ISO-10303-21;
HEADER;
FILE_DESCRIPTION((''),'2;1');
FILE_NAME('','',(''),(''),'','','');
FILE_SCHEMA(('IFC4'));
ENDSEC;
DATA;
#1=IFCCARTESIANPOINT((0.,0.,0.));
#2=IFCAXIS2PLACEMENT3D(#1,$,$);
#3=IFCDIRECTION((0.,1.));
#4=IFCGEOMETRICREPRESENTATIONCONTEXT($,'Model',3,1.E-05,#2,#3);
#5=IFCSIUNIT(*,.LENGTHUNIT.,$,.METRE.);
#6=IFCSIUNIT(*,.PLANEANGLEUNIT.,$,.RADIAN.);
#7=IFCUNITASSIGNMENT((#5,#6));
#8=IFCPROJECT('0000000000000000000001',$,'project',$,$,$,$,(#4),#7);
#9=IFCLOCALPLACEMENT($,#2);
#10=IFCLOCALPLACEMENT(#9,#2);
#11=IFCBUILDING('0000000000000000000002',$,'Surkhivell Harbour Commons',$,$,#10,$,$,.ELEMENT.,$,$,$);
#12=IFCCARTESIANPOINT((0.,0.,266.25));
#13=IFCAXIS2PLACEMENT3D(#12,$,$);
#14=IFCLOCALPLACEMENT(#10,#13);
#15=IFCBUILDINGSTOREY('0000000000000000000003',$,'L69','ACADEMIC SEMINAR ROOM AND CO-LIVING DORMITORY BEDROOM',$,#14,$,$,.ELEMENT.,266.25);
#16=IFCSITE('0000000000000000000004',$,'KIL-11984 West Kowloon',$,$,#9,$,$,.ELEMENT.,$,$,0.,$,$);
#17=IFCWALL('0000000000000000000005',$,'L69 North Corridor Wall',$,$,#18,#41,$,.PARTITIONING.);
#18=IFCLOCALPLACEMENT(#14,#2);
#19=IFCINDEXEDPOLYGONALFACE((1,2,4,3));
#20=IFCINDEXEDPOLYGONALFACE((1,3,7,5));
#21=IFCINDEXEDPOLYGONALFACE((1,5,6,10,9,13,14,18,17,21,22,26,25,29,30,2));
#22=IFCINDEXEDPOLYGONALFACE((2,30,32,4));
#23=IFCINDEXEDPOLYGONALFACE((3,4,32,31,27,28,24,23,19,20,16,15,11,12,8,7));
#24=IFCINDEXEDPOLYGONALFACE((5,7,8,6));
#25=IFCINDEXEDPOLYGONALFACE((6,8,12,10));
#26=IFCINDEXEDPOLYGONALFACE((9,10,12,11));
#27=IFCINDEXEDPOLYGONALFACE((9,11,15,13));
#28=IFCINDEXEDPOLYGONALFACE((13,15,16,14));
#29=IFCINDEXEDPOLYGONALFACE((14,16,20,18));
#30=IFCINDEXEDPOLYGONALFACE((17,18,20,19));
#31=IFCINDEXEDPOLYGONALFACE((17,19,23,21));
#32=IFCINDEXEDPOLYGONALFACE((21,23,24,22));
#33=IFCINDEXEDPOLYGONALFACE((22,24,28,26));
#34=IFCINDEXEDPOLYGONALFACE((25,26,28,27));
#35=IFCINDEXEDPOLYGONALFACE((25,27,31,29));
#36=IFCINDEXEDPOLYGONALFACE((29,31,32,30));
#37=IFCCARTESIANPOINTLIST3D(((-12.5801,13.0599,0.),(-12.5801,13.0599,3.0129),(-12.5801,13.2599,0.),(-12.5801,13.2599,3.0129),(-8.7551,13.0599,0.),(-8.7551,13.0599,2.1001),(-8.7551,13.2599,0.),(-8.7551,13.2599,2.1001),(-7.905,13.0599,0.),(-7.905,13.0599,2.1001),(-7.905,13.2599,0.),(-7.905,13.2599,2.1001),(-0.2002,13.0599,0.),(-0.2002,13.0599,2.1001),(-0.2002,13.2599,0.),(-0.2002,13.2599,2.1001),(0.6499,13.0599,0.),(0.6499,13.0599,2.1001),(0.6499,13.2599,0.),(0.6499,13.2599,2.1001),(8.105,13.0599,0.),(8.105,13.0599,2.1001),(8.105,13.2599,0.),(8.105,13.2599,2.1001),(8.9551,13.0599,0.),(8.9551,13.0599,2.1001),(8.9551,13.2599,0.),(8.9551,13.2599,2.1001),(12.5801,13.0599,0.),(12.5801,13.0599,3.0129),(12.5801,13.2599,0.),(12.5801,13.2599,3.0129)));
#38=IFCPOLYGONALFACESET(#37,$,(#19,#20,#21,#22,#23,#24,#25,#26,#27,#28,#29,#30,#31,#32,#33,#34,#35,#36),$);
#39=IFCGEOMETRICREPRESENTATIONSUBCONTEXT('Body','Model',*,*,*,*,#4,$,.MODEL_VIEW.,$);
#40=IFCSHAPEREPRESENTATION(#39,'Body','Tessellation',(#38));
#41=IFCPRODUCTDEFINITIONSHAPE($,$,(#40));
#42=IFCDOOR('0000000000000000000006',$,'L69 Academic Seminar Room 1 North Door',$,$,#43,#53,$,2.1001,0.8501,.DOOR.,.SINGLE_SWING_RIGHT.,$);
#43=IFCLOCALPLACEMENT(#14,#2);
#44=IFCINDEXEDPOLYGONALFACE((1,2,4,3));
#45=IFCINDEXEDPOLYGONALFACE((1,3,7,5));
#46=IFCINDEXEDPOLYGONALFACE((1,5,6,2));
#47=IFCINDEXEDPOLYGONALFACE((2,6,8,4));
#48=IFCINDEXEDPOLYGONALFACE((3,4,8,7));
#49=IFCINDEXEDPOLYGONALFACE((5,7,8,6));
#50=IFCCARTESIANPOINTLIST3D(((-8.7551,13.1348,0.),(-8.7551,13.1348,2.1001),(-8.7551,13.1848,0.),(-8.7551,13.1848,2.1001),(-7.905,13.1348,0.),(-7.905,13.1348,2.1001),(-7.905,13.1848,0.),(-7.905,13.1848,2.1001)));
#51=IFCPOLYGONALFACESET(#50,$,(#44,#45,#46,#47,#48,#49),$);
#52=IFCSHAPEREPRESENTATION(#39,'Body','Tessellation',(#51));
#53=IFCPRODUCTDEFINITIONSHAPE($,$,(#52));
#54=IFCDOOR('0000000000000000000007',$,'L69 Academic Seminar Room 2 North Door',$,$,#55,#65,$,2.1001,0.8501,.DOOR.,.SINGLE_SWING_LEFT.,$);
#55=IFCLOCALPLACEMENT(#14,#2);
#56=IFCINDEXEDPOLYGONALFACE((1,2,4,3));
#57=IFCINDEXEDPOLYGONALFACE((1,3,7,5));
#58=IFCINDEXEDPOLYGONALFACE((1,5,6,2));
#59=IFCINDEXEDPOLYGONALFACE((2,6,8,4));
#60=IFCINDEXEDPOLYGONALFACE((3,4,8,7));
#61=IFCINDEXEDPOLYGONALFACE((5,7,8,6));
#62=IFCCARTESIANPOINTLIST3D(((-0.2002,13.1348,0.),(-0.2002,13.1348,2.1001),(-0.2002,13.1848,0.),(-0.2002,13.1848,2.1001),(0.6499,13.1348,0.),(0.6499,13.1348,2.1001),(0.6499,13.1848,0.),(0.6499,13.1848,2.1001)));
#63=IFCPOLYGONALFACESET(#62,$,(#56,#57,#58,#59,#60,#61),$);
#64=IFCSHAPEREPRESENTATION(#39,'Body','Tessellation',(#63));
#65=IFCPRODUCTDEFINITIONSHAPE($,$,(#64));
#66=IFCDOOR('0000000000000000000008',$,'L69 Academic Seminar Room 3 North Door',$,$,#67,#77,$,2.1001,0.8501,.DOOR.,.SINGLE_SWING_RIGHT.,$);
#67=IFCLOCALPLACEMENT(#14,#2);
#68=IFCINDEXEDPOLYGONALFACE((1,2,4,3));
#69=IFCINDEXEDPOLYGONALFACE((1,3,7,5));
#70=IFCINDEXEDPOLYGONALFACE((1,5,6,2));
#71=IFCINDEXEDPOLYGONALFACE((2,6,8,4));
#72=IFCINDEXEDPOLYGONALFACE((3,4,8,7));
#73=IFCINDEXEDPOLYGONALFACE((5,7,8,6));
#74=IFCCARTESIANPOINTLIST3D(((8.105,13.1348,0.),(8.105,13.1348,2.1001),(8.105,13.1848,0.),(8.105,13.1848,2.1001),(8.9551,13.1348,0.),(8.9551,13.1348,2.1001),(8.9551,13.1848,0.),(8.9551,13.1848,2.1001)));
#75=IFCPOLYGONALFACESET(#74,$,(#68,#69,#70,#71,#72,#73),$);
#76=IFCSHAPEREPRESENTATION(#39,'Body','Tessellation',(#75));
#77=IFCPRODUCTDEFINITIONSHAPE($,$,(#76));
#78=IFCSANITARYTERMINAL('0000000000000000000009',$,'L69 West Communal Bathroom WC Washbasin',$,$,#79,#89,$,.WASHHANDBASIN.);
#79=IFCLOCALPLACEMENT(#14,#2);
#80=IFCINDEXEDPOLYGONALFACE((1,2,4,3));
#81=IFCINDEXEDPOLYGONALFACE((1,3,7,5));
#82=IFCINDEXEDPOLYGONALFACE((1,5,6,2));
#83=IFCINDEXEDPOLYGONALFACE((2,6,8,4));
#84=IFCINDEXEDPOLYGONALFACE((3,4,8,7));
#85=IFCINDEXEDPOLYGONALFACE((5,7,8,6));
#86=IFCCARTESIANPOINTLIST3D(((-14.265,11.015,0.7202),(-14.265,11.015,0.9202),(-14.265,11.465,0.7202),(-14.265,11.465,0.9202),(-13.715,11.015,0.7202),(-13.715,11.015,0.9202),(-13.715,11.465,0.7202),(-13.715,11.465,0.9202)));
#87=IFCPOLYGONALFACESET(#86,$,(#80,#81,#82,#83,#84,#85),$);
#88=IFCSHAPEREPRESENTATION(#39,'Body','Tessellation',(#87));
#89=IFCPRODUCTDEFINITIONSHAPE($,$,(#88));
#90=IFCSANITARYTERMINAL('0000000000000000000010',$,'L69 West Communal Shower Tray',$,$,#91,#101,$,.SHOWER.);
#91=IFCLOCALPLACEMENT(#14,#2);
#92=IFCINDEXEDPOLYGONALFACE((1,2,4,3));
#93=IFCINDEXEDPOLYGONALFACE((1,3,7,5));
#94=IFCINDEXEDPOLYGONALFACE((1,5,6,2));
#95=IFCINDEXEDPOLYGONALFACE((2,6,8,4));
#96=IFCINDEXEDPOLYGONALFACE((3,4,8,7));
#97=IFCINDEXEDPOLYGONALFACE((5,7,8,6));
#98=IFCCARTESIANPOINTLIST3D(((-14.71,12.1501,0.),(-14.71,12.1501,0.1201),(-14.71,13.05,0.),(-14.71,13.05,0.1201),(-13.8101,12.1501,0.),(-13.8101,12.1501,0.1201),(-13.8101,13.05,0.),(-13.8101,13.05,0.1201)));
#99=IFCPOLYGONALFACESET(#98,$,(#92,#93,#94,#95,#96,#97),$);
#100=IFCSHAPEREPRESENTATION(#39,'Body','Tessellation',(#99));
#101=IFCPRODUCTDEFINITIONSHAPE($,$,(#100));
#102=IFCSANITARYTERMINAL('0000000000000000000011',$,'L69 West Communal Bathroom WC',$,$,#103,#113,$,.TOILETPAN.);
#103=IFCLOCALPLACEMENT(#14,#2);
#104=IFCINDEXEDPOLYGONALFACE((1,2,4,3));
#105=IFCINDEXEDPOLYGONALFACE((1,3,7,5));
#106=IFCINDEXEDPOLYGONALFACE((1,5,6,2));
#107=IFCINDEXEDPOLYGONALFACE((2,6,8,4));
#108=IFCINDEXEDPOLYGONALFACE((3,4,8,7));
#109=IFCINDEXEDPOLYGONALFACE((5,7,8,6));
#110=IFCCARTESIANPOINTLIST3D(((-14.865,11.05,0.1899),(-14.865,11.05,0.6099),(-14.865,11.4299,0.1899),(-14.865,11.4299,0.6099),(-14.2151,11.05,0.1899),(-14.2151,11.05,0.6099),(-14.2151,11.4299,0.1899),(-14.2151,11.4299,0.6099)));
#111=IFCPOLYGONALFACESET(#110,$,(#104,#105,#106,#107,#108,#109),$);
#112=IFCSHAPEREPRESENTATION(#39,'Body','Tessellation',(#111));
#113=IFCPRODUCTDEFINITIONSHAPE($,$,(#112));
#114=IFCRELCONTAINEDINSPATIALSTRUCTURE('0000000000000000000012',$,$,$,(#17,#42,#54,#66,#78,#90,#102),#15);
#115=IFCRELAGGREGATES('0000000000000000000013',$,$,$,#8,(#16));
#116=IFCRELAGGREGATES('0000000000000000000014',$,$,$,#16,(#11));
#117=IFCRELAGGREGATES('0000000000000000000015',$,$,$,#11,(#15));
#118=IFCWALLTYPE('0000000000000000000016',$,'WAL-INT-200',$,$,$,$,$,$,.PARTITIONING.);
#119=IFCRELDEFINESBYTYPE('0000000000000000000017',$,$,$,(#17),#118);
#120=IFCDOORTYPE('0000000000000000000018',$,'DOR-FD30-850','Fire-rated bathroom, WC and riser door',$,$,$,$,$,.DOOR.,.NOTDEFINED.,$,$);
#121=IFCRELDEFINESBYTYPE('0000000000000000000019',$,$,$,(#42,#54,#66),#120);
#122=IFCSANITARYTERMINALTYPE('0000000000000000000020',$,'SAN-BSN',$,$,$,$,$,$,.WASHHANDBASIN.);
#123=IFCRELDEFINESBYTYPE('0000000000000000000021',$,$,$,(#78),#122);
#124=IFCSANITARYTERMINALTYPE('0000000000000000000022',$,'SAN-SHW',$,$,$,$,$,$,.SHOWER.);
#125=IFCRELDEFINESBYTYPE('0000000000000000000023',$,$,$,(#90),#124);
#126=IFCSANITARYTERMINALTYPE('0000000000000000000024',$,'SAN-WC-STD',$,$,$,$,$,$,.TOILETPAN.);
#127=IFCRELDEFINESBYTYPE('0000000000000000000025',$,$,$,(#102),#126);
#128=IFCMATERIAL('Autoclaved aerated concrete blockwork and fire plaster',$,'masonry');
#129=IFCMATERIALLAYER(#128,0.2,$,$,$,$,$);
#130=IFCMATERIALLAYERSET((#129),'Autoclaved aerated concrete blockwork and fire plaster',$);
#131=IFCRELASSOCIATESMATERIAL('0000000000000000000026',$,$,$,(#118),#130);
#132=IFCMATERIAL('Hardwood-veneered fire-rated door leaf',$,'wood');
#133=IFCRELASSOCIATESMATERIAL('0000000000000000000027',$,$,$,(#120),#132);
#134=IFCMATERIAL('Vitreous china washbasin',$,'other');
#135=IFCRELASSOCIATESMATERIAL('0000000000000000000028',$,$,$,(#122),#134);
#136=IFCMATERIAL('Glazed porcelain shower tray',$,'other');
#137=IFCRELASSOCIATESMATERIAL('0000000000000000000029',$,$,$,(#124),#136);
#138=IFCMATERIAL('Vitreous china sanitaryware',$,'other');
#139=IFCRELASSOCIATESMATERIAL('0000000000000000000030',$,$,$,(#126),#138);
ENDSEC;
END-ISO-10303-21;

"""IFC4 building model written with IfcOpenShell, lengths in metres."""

from ifc_helpers import new_model, si_unit, direction, frame, frame_2d, origin, origin_2d, place, context, subcontext, project, spatial, rectangle, extrude, material, layer, layer_set, type_object, element, fill, save


model = new_model("IFC4")

# Units and contexts
model_context = context("Model", 3, precision=1e-05, world=origin(), true_north=direction((0.0, 1.0)))
body_context = subcontext(model_context, "Body", "Model", "MODEL_VIEW")
ifc_project = project(units=[si_unit("LENGTHUNIT", "METRE"), si_unit("PLANEANGLEUNIT", "RADIAN")], contexts=[model_context])

# Site, building, storey
site_placement = place(None, origin())
site = spatial("IfcSite", under=ifc_project, at=site_placement, Name="KIL-11984 West Kowloon", CompositionType="ELEMENT", RefElevation=0.0)
building_placement = place(site_placement, origin())
building = spatial("IfcBuilding", under=site, at=building_placement, Name="Surkhivell Harbour Commons", CompositionType="ELEMENT")
storey_placement = place(building_placement, frame((0.0, 0.0, 266.25)))
storey = spatial("IfcBuildingStorey", under=building, at=storey_placement, Name="L69", Description="ACADEMIC SEMINAR ROOM AND CO-LIVING DORMITORY BEDROOM", CompositionType="ELEMENT", Elevation=266.25)

# Shared definitions
ifc_material_1 = material(Name="Autoclaved aerated concrete blockwork and fire plaster", Category="masonry")
ifc_layer_1 = layer(ifc_material_1, 0.2)
ifc_layer_set_1 = layer_set([ifc_layer_1], Name="Autoclaved aerated concrete blockwork and fire plaster")
wall_type_1 = type_object("IfcWallType", Name="WAL-INT-200", PredefinedType="PARTITIONING", material=ifc_layer_set_1)

# Wall, openings, doors
wall_1_placement = place(storey_placement, frame((-12.5801, 13.1599, 0.0), z_axis=(0.0, 0.0, 1.0), x_axis=(1.0, 0.0, 0.0)))
wall_1 = element("IfcWall", 1, at=wall_1_placement, inside=storey, type_object=wall_type_1, Name="L69 North Corridor Wall", PredefinedType="PARTITIONING", context=body_context, shape_type="SweptSolid", body=[
    extrude(rectangle(XDim=25.1602, YDim=0.2, at=frame_2d((12.5801, 0.0))), origin(), (0.0, 0.0, 1.0), 3.0129),
])
opening_1_placement = place(wall_1_placement, frame((3.825, 0.0, 0.0)))
opening_1 = element("IfcOpeningElement", 2, at=opening_1_placement, cuts=wall_1, PredefinedType="OPENING", context=body_context, shape_type="SweptSolid", body=[
    extrude(rectangle(XDim=0.8501, YDim=2.1001, at=frame_2d((0.425, 1.05))), frame((0.0, 0.1099, 0.0), z_axis=(0.0, -1.0, 0.0), x_axis=(1.0, 0.0, 0.0)), (0.0, 0.0, 1.0), 0.22),
])
opening_2_placement = place(wall_1_placement, frame((12.3799, 0.0, 0.0)))
opening_2 = element("IfcOpeningElement", 3, at=opening_2_placement, cuts=wall_1, PredefinedType="OPENING", context=body_context, shape_type="SweptSolid", body=[
    extrude(rectangle(XDim=0.8501, YDim=2.1001, at=frame_2d((0.425, 1.05))), frame((0.0, 0.1099, 0.0), z_axis=(0.0, -1.0, 0.0), x_axis=(1.0, 0.0, 0.0)), (0.0, 0.0, 1.0), 0.22),
])
opening_3_placement = place(wall_1_placement, frame((20.6851, 0.0, 0.0)))
opening_3 = element("IfcOpeningElement", 4, at=opening_3_placement, cuts=wall_1, PredefinedType="OPENING", context=body_context, shape_type="SweptSolid", body=[
    extrude(rectangle(XDim=0.8501, YDim=2.1001, at=frame_2d((0.425, 1.05))), frame((0.0, 0.1099, 0.0), z_axis=(0.0, -1.0, 0.0), x_axis=(1.0, 0.0, 0.0)), (0.0, 0.0, 1.0), 0.22),
])
ifc_material_2 = material(Name="Hardwood-veneered fire-rated door leaf", Category="wood")
door_type = type_object("IfcDoorType", Name="DOR-FD30-850", Description="Fire-rated bathroom, WC and riser door", OperationType="NOTDEFINED", PredefinedType="DOOR", material=ifc_material_2)
door_1_placement = place(opening_1_placement, origin())
door_1 = element("IfcDoor", 5, at=door_1_placement, inside=storey, type_object=door_type, Name="L69 Academic Seminar Room 1 North Door", OperationType="SINGLE_SWING_RIGHT", OverallHeight=2.1001, OverallWidth=0.8501, PredefinedType="DOOR", context=body_context, shape_type="SweptSolid", body=[
    extrude(rectangle(XDim=0.8501, YDim=2.1001, at=frame_2d((0.425, 1.05))), frame((0.0, 0.0249, 0.0), z_axis=(0.0, -1.0, 0.0), x_axis=(1.0, 0.0, 0.0)), (0.0, 0.0, 1.0), 0.05),
])
fill(opening_1, door_1)
door_2_placement = place(opening_2_placement, origin())
door_2 = element("IfcDoor", 6, at=door_2_placement, inside=storey, type_object=door_type, Name="L69 Academic Seminar Room 2 North Door", OperationType="SINGLE_SWING_LEFT", OverallHeight=2.1001, OverallWidth=0.8501, PredefinedType="DOOR", context=body_context, shape_type="SweptSolid", body=[
    extrude(rectangle(XDim=0.8501, YDim=2.1001, at=frame_2d((0.425, 1.05))), frame((0.0, 0.0249, 0.0), z_axis=(0.0, -1.0, 0.0), x_axis=(1.0, 0.0, 0.0)), (0.0, 0.0, 1.0), 0.05),
])
fill(opening_2, door_2)
door_3_placement = place(opening_3_placement, origin())
door_3 = element("IfcDoor", 7, at=door_3_placement, inside=storey, type_object=door_type, Name="L69 Academic Seminar Room 3 North Door", OperationType="SINGLE_SWING_RIGHT", OverallHeight=2.1001, OverallWidth=0.8501, PredefinedType="DOOR", context=body_context, shape_type="SweptSolid", body=[
    extrude(rectangle(XDim=0.8501, YDim=2.1001, at=frame_2d((0.425, 1.05))), frame((0.0, 0.0249, 0.0), z_axis=(0.0, -1.0, 0.0), x_axis=(1.0, 0.0, 0.0)), (0.0, 0.0, 1.0), 0.05),
])
fill(opening_3, door_3)

# Sanitary terminals
ifc_material_3 = material(Name="Vitreous china washbasin", Category="other")
sanitary_terminal_type_1 = type_object("IfcSanitaryTerminalType", Name="SAN-BSN", PredefinedType="WASHHANDBASIN", material=ifc_material_3)
sanitary_terminal_1_placement = place(storey_placement, frame((-13.99, 11.24, 0.7202), z_axis=(0.0, 0.0, 1.0), x_axis=(1.0, 0.0, 0.0)))
element("IfcSanitaryTerminal", 8, at=sanitary_terminal_1_placement, inside=storey, type_object=sanitary_terminal_type_1, Name="L69 West Communal Bathroom WC Washbasin", PredefinedType="WASHHANDBASIN", context=body_context, shape_type="SweptSolid", body=[
    extrude(rectangle(XDim=0.55, YDim=0.45, at=origin_2d()), origin(), (0.0, 0.0, 1.0), 0.2),
])
ifc_material_4 = material(Name="Glazed porcelain shower tray", Category="other")
sanitary_terminal_type_2 = type_object("IfcSanitaryTerminalType", Name="SAN-SHW", PredefinedType="SHOWER", material=ifc_material_4)
sanitary_terminal_2_placement = place(storey_placement, frame((-14.26, 12.6001, 0.0), z_axis=(0.0, 0.0, 1.0), x_axis=(1.0, 0.0, 0.0)))
element("IfcSanitaryTerminal", 9, at=sanitary_terminal_2_placement, inside=storey, type_object=sanitary_terminal_type_2, Name="L69 West Communal Shower Tray", PredefinedType="SHOWER", context=body_context, shape_type="SweptSolid", body=[
    extrude(rectangle(XDim=0.8999, YDim=0.8999, at=origin_2d()), origin(), (0.0, 0.0, 1.0), 0.1201),
])
ifc_material_5 = material(Name="Vitreous china sanitaryware", Category="other")
sanitary_terminal_type_3 = type_object("IfcSanitaryTerminalType", Name="SAN-WC-STD", PredefinedType="TOILETPAN", material=ifc_material_5)
sanitary_terminal_3_placement = place(storey_placement, frame((-14.54, 11.24, 0.1899), z_axis=(0.0, 0.0, 1.0), x_axis=(1.0, 0.0, 0.0)))
element("IfcSanitaryTerminal", 10, at=sanitary_terminal_3_placement, inside=storey, type_object=sanitary_terminal_type_3, Name="L69 West Communal Bathroom WC", PredefinedType="TOILETPAN", context=body_context, shape_type="SweptSolid", body=[
    extrude(rectangle(XDim=0.6499, YDim=0.3799, at=origin_2d()), origin(), (0.0, 0.0, 1.0), 0.4199),
])

save(model, "model.ifc")
